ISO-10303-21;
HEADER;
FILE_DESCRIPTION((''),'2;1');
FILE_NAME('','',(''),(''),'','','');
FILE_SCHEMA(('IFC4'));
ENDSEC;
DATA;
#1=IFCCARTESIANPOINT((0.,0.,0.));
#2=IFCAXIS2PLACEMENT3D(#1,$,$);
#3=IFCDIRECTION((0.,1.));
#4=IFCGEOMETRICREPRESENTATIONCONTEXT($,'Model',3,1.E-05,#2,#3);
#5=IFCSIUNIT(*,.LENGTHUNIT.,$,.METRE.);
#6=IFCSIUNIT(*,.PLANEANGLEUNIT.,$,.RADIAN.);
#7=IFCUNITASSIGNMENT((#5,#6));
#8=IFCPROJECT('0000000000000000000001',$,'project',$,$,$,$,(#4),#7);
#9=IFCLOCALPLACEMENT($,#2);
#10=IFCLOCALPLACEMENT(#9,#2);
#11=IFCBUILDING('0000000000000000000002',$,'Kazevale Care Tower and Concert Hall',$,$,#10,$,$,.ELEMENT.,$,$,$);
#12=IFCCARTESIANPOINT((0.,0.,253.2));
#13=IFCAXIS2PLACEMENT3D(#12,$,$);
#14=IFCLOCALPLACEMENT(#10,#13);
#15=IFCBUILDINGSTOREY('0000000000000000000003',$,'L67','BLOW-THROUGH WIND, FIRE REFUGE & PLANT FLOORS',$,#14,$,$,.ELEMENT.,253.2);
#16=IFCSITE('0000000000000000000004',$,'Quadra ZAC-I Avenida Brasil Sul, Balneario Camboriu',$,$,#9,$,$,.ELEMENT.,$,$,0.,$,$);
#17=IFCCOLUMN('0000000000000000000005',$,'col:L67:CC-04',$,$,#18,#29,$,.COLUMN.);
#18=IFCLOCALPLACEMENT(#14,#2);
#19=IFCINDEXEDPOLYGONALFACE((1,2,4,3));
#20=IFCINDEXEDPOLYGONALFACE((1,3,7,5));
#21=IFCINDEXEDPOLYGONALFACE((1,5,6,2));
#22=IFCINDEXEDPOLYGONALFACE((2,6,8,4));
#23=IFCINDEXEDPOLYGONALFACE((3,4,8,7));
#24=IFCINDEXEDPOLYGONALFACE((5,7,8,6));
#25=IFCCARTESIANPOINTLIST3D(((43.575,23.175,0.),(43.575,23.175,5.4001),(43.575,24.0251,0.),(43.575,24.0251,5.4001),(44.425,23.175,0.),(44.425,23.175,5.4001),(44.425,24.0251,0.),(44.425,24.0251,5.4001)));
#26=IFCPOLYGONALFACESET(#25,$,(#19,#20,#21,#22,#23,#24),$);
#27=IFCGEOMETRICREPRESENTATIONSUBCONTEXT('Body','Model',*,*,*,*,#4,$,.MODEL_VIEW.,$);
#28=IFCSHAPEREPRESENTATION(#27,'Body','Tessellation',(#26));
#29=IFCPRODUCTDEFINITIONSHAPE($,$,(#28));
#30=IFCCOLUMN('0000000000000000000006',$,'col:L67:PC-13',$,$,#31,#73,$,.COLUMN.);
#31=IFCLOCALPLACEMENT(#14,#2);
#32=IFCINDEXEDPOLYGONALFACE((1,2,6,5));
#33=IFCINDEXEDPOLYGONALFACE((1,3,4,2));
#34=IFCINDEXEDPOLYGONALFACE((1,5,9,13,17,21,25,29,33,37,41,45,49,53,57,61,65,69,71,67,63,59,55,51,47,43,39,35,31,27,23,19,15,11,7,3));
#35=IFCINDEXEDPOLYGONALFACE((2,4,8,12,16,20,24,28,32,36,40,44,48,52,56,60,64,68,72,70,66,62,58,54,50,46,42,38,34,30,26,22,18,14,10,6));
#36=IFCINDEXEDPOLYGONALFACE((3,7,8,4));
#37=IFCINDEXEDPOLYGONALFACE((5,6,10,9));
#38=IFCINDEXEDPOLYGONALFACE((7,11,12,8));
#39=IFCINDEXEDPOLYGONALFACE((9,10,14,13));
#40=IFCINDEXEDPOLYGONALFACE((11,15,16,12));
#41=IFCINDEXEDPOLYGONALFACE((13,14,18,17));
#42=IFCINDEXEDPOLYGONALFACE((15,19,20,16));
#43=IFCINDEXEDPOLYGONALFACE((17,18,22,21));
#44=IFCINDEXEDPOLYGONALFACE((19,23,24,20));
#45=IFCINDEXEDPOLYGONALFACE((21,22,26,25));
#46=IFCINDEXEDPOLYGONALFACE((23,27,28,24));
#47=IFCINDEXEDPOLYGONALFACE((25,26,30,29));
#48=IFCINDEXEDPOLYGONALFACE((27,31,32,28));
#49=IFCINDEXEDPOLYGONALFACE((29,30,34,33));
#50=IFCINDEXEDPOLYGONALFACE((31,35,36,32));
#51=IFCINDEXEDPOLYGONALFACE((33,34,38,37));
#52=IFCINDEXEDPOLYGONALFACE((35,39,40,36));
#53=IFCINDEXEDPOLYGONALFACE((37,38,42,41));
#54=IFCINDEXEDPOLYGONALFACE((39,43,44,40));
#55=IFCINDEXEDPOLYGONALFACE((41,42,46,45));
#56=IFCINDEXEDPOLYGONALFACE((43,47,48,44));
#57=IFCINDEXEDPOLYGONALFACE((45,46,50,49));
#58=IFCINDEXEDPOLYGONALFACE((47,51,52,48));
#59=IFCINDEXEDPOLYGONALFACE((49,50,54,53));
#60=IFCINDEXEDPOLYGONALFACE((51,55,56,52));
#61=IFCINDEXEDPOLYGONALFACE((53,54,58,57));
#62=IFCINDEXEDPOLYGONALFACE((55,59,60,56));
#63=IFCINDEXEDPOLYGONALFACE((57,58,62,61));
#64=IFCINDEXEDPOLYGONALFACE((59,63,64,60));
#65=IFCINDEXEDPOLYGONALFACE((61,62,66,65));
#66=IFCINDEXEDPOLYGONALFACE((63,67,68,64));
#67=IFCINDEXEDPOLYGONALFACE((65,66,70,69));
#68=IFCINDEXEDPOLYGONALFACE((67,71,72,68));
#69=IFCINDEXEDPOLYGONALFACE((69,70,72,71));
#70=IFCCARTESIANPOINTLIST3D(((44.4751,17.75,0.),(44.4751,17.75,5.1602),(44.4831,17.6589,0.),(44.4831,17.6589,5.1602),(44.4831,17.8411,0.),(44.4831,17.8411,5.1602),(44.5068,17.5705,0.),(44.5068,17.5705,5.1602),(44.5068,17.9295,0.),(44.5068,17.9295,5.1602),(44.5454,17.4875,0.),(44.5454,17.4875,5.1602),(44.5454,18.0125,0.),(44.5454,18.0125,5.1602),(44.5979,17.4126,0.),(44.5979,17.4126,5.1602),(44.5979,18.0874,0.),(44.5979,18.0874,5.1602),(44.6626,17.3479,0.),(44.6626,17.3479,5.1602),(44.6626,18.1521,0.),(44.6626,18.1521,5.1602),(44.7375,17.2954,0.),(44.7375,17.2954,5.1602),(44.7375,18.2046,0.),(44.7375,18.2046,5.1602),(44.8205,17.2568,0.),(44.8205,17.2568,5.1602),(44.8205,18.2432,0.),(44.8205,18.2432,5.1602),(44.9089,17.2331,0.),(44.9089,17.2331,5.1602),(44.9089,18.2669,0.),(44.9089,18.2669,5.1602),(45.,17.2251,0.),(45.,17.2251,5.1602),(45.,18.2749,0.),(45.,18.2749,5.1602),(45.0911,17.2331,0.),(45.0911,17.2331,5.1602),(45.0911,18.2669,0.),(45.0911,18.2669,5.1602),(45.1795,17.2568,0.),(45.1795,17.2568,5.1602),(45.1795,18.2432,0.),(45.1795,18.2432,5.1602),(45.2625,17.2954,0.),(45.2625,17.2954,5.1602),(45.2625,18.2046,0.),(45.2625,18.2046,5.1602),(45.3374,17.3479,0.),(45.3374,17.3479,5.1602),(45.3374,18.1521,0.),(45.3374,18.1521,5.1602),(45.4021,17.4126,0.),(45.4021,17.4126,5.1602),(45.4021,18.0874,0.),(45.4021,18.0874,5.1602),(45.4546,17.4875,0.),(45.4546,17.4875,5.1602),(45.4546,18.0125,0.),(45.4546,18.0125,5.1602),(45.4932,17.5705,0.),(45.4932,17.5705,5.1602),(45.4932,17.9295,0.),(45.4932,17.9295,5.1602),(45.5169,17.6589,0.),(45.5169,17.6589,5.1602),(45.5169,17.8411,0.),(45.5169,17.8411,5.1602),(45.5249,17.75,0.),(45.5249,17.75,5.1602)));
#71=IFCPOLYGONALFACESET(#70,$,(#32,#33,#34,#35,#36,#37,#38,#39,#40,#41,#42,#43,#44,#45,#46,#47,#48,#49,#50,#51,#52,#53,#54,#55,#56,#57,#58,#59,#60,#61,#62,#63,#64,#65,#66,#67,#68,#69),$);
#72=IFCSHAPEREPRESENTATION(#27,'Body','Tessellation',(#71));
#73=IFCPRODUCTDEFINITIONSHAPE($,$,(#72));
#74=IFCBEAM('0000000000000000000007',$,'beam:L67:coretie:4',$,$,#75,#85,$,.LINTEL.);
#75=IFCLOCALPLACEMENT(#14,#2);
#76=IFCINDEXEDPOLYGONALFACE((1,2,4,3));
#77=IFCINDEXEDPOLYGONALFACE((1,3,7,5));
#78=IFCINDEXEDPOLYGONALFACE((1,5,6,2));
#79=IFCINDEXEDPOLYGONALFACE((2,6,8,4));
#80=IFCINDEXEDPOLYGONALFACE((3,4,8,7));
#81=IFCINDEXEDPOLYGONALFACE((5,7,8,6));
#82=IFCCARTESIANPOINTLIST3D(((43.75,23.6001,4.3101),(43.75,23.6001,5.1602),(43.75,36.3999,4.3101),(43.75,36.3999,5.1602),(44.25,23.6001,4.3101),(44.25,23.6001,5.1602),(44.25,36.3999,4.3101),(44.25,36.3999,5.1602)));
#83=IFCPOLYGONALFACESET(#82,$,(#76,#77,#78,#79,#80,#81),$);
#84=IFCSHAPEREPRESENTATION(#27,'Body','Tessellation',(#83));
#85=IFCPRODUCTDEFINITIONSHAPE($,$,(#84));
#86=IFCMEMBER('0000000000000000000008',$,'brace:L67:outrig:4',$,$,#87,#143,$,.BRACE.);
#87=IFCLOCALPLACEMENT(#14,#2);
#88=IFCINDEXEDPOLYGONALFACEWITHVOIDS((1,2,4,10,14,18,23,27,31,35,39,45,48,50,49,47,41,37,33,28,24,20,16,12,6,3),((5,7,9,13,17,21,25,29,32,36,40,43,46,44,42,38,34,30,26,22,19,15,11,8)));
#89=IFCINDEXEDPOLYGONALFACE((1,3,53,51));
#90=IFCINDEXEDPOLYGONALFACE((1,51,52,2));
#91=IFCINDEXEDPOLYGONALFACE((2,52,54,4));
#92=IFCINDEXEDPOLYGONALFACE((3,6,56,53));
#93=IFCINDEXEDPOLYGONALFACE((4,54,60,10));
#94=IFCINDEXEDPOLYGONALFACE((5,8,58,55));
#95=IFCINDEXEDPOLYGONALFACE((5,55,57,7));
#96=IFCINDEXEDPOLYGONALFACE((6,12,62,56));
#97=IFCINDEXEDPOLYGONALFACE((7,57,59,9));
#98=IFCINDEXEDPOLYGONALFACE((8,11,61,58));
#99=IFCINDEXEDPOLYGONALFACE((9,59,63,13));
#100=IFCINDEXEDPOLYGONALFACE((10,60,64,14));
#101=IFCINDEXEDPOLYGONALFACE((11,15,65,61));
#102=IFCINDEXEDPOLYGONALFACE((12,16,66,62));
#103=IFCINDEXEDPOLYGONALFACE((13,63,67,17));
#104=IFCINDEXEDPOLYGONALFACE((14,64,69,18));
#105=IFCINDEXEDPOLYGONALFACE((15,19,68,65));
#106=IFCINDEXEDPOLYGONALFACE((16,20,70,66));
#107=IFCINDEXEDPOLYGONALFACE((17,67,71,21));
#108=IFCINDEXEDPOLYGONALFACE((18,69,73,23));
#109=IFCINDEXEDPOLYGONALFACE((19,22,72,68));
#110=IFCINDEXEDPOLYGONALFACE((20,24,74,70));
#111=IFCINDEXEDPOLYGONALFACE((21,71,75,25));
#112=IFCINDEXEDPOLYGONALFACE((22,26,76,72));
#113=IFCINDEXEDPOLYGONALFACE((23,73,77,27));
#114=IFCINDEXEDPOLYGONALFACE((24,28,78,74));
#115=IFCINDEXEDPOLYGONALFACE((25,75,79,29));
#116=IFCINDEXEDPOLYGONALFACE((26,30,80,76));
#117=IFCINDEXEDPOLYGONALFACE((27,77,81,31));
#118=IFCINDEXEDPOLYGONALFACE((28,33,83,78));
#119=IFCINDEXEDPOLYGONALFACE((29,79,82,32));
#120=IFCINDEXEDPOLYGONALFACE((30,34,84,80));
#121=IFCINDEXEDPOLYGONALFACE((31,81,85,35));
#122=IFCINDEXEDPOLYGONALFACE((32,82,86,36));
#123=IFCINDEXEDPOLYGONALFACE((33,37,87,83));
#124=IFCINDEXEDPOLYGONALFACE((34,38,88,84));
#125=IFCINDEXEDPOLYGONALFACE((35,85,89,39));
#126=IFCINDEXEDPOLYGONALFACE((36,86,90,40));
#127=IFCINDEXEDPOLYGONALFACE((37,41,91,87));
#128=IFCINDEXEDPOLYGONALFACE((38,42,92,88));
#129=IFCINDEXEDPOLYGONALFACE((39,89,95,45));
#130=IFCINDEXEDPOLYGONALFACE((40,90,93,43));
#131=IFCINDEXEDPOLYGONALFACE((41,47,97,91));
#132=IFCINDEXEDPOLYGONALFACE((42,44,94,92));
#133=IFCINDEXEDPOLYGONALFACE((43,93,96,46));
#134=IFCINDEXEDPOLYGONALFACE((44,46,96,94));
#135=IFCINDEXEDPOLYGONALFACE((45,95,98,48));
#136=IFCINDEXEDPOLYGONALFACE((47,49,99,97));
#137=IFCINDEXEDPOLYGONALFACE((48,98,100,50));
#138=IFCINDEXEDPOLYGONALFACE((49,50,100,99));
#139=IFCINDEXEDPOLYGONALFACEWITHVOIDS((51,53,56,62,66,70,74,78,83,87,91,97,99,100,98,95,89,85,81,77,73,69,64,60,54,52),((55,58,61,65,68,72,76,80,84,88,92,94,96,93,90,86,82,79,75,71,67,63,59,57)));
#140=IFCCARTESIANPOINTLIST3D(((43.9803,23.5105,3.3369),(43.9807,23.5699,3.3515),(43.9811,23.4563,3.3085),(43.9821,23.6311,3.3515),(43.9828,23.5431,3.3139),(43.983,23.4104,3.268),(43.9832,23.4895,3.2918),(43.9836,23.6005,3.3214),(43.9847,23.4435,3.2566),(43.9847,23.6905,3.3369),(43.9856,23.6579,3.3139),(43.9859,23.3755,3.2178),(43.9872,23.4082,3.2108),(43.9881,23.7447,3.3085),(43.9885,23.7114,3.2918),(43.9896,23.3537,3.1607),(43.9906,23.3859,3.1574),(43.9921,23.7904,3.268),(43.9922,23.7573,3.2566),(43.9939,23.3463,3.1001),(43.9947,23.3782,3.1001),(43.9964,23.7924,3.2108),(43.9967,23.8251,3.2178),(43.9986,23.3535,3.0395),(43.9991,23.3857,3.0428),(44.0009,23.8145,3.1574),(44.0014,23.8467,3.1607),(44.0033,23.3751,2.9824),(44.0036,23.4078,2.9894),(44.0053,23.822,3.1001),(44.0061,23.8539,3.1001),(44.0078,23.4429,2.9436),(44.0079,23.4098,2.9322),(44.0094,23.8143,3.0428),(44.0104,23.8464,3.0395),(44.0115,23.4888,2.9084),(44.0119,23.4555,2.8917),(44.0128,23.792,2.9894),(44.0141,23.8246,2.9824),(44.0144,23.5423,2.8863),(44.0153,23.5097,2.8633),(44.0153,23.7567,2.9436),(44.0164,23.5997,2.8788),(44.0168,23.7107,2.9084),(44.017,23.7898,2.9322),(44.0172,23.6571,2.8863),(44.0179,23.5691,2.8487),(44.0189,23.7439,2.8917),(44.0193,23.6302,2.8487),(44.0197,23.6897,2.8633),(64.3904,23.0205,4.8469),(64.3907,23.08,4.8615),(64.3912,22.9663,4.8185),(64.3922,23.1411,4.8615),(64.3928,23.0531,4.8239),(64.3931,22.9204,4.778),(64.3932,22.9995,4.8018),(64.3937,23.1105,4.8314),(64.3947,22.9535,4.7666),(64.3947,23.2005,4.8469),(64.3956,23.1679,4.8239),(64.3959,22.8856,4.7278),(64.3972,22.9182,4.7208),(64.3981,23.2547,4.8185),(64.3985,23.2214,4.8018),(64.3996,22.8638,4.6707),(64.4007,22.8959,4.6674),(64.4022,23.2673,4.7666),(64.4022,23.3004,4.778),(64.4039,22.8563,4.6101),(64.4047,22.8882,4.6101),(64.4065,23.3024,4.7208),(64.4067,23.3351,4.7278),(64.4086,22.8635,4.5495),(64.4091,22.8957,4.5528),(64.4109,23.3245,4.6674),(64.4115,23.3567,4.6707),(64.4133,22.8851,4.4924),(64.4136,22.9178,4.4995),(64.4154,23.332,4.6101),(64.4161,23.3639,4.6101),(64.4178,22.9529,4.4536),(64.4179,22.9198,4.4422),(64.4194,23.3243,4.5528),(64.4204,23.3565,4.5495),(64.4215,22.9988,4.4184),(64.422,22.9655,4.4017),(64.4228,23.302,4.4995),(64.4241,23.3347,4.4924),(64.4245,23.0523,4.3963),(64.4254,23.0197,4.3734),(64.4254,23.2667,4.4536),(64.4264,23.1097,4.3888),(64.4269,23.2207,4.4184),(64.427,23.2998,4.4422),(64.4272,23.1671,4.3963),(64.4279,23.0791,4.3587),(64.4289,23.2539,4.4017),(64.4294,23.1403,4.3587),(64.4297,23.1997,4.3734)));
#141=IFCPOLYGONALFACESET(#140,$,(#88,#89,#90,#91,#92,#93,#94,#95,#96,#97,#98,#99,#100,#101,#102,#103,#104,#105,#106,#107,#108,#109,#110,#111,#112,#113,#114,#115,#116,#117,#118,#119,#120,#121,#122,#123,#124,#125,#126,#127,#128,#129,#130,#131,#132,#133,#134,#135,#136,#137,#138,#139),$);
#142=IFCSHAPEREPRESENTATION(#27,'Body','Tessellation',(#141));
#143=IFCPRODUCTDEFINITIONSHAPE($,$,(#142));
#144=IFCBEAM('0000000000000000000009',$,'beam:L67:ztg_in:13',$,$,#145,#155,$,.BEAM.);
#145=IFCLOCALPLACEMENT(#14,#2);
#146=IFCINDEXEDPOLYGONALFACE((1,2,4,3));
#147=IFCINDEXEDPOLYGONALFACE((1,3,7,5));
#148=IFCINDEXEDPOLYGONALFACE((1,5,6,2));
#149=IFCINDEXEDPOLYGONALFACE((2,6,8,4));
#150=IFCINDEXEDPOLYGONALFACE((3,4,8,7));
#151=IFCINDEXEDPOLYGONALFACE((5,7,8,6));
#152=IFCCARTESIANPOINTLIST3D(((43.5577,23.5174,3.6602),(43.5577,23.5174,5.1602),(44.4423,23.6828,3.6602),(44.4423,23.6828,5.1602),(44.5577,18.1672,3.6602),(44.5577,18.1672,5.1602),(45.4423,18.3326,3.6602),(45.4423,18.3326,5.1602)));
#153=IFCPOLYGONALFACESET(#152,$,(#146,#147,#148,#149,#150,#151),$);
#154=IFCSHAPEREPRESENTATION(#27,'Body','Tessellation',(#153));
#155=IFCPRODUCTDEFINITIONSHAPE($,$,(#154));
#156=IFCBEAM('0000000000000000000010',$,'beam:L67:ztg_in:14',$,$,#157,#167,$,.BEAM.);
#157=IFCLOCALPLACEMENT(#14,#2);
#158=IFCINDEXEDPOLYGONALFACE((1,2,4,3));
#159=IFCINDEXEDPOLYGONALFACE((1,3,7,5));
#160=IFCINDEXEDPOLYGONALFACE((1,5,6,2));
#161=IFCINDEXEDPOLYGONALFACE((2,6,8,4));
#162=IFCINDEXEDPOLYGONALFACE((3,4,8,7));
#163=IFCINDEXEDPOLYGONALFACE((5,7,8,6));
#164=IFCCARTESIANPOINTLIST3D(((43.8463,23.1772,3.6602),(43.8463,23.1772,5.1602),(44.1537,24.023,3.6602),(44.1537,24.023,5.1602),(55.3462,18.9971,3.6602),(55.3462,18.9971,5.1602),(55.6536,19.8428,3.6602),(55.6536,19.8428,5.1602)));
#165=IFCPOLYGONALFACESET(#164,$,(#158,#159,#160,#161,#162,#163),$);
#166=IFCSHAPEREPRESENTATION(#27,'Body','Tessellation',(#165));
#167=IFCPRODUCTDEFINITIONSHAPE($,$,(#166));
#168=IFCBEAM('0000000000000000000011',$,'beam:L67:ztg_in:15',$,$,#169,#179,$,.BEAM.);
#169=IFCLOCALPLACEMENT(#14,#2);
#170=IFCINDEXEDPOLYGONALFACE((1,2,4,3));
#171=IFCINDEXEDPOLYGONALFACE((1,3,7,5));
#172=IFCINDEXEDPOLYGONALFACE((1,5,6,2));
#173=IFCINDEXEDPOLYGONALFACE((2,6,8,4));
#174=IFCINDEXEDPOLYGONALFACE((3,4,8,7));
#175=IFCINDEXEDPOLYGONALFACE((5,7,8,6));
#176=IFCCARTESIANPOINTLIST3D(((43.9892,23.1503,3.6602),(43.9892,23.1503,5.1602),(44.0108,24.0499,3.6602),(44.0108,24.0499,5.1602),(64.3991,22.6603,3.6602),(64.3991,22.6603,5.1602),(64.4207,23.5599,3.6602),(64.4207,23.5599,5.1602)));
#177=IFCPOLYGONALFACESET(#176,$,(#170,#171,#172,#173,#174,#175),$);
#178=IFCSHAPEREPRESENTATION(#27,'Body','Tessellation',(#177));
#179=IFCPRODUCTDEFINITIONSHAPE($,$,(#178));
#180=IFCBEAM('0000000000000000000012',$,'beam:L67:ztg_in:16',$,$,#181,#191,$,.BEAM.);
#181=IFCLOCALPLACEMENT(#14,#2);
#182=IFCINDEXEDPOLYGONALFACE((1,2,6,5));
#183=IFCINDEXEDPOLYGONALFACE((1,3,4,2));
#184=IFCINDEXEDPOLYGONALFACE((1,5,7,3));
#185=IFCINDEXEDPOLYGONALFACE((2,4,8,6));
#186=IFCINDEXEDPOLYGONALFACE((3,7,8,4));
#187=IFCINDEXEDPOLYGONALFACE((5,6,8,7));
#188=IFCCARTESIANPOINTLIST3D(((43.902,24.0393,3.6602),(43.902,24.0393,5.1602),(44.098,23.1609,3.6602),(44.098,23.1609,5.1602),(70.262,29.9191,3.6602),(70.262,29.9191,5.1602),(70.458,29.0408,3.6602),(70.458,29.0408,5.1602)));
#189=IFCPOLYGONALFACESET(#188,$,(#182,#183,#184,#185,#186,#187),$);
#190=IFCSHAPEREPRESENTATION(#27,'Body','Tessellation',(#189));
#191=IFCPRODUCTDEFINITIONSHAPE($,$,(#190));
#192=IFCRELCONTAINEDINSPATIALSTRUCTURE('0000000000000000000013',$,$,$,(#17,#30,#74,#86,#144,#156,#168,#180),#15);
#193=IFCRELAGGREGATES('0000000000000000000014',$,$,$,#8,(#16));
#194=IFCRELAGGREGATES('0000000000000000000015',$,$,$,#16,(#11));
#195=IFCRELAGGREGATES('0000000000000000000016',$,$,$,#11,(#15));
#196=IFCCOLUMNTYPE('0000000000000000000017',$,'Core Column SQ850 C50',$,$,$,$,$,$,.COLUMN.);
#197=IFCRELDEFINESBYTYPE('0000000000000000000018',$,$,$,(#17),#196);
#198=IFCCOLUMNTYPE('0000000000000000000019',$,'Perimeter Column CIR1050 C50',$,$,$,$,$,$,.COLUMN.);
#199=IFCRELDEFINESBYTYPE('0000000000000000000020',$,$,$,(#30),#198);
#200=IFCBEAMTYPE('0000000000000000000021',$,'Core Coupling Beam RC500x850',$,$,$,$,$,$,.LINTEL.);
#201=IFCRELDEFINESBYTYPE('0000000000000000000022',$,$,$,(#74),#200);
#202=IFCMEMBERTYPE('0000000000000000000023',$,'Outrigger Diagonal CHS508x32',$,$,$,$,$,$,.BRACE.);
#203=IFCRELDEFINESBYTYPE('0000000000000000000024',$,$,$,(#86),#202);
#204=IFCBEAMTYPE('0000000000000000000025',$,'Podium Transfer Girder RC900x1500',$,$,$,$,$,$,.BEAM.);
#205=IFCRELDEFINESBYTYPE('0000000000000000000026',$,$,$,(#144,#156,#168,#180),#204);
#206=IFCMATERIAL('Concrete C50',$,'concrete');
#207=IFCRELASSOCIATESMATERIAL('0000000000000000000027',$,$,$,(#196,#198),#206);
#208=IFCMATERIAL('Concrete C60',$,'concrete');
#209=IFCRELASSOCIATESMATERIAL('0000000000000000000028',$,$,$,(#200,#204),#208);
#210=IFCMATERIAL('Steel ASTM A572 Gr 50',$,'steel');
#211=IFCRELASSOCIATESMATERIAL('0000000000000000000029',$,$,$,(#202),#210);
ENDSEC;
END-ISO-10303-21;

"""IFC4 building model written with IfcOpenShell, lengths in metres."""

from ifc_helpers import new_model, si_unit, direction, frame, origin, origin_2d, place, context, subcontext, project, spatial, rectangle, circle, hollow_circle, extrude, material, material_profile, profile_set, type_object, element, save


model = new_model("IFC4")

# Units and contexts
model_context = context("Model", 3, precision=1e-05, world=origin(), true_north=direction((0.0, 1.0)))
body_context = subcontext(model_context, "Body", "Model", "MODEL_VIEW")
ifc_project = project(units=[si_unit("LENGTHUNIT", "METRE"), si_unit("PLANEANGLEUNIT", "RADIAN")], contexts=[model_context])

# Site, building, storey
site_placement = place(None, origin())
site = spatial("IfcSite", under=ifc_project, at=site_placement, Name="Quadra ZAC-I Avenida Brasil Sul, Balneario Camboriu", CompositionType="ELEMENT", RefElevation=0.0)
building_placement = place(site_placement, origin())
building = spatial("IfcBuilding", under=site, at=building_placement, Name="Kazevale Care Tower and Concert Hall", CompositionType="ELEMENT")
storey_placement = place(building_placement, frame((0.0, 0.0, 253.2)))
storey = spatial("IfcBuildingStorey", under=building, at=storey_placement, Name="L67", Description="BLOW-THROUGH WIND, FIRE REFUGE & PLANT FLOORS", CompositionType="ELEMENT", Elevation=253.2)

# Columns
ifc_material_1 = material(Name="Concrete C50", Category="concrete")
ifc_material_profile_1 = material_profile(ifc_material_1, rectangle(XDim=0.8501, YDim=0.8501, at=origin_2d()), Name="RC-SQ850")
ifc_profile_set_1 = profile_set([ifc_material_profile_1], Name="Concrete C50")
column_type_1 = type_object("IfcColumnType", Name="Core Column SQ850 C50", PredefinedType="COLUMN", material=ifc_profile_set_1)
column_1_placement = place(storey_placement, frame((44.0, 23.6001, 0.0), z_axis=(0.0, 0.0, 1.0), x_axis=(1.0, 0.0, 0.0)))
element("IfcColumn", 1, at=column_1_placement, inside=storey, type_object=column_type_1, Name="col:L67:CC-04", PredefinedType="COLUMN", context=body_context, shape_type="SweptSolid", body=[
    extrude(rectangle(XDim=0.8501, YDim=0.8501, at=origin_2d()), origin(), (0.0, 0.0, 1.0), 5.4001),
])
ifc_material_profile_2 = material_profile(ifc_material_1, circle(Radius=0.5249, at=origin_2d()), Name="RC-CIR1050")
ifc_profile_set_2 = profile_set([ifc_material_profile_2], Name="Concrete C50")
column_type_2 = type_object("IfcColumnType", Name="Perimeter Column CIR1050 C50", PredefinedType="COLUMN", material=ifc_profile_set_2)
column_2_placement = place(storey_placement, frame((45.0, 17.75, 0.0), z_axis=(0.0, 0.0, 1.0), x_axis=(1.0, 0.0, 0.0)))
element("IfcColumn", 2, at=column_2_placement, inside=storey, type_object=column_type_2, Name="col:L67:PC-13", PredefinedType="COLUMN", context=body_context, shape_type="SweptSolid", body=[
    extrude(circle(Radius=0.5249, at=origin_2d()), origin(), (0.0, 0.0, 1.0), 5.1602),
])

# Beam
ifc_material_2 = material(Name="Concrete C60", Category="concrete")
ifc_material_profile_3 = material_profile(ifc_material_2, rectangle(XDim=0.5, YDim=0.8501, at=origin_2d()), Name="RC-B500x850")
ifc_profile_set_3 = profile_set([ifc_material_profile_3], Name="Concrete C60")
beam_type_1 = type_object("IfcBeamType", Name="Core Coupling Beam RC500x850", PredefinedType="LINTEL", material=ifc_profile_set_3)
beam_1_placement = place(storey_placement, frame((44.0, 23.6001, 4.7351), z_axis=(0.0, 1.0, 0.0), x_axis=(-1.0, 0.0, 0.0)))
element("IfcBeam", 3, at=beam_1_placement, inside=storey, type_object=beam_type_1, Name="beam:L67:coretie:4", PredefinedType="LINTEL", context=body_context, shape_type="SweptSolid", body=[
    extrude(rectangle(XDim=0.5, YDim=0.8501, at=origin_2d()), origin(), (0.0, 0.0, 1.0), 12.7998),
])

# Member
ifc_material_3 = material(Name="Steel ASTM A572 Gr 50", Category="steel")
ifc_material_profile_4 = material_profile(ifc_material_3, hollow_circle(Radius=0.2539, WallThickness=0.032, at=origin_2d()), Name="CHS508x32")
ifc_profile_set_4 = profile_set([ifc_material_profile_4], Name="Steel ASTM A572 Gr 50")
member_type_1 = type_object("IfcMemberType", Name="Outrigger Diagonal CHS508x32", PredefinedType="BRACE", material=ifc_profile_set_4)
member_1_placement = place(storey_placement, frame((44.0, 23.6001, 3.1001), z_axis=(0.996989, -0.023935, 0.073761), x_axis=(0.024001, 0.999712, 0.0)))
element("IfcMember", 4, at=member_1_placement, inside=storey, type_object=member_type_1, Name="brace:L67:outrig:4", PredefinedType="BRACE", context=body_context, shape_type="SweptSolid", body=[
    extrude(hollow_circle(Radius=0.2539, WallThickness=0.032, at=origin_2d()), origin(), (0.0, 0.0, 1.0), 20.4717),
])

# Beams
ifc_material_profile_5 = material_profile(ifc_material_2, rectangle(XDim=0.8999, YDim=1.5, at=origin_2d()), Name="RC-TG900x1500")
ifc_profile_set_5 = profile_set([ifc_material_profile_5], Name="Concrete C60")
beam_type_2 = type_object("IfcBeamType", Name="Podium Transfer Girder RC900x1500", PredefinedType="BEAM", material=ifc_profile_set_5)
beam_2_placement = place(storey_placement, frame((44.0, 23.6001, 4.4102), z_axis=(0.183731, -0.982977, 0.0), x_axis=(0.982977, 0.183731, 0.0)))
element("IfcBeam", 5, at=beam_2_placement, inside=storey, type_object=beam_type_2, Name="beam:L67:ztg_in:13", PredefinedType="BEAM", context=body_context, shape_type="SweptSolid", body=[
    extrude(rectangle(XDim=0.8999, YDim=1.5, at=origin_2d()), origin(), (0.0, 0.0, 1.0), 5.4429),
])
beam_3_placement = place(storey_placement, frame((44.0, 23.6001, 4.4102), z_axis=(0.939837, -0.341625, 0.0), x_axis=(0.341625, 0.939837, 0.0)))
element("IfcBeam", 6, at=beam_3_placement, inside=storey, type_object=beam_type_2, Name="beam:L67:ztg_in:14", PredefinedType="BEAM", context=body_context, shape_type="SweptSolid", body=[
    extrude(rectangle(XDim=0.8999, YDim=1.5, at=origin_2d()), origin(), (0.0, 0.0, 1.0), 12.2361),
])
beam_4_placement = place(storey_placement, frame((44.0, 23.6001, 4.4102), z_axis=(0.999712, -0.024001, 0.0), x_axis=(0.024001, 0.999712, 0.0)))
element("IfcBeam", 7, at=beam_4_placement, inside=storey, type_object=beam_type_2, Name="beam:L67:ztg_in:15", PredefinedType="BEAM", context=body_context, shape_type="SweptSolid", body=[
    extrude(rectangle(XDim=0.8999, YDim=1.5, at=origin_2d()), origin(), (0.0, 0.0, 1.0), 20.4158),
])
beam_5_placement = place(storey_placement, frame((44.0, 23.6001, 4.4102), z_axis=(0.976014, 0.217709, 0.0), x_axis=(-0.217709, 0.976014, 0.0)))
element("IfcBeam", 8, at=beam_5_placement, inside=storey, type_object=beam_type_2, Name="beam:L67:ztg_in:16", PredefinedType="BEAM", context=body_context, shape_type="SweptSolid", body=[
    extrude(rectangle(XDim=0.8999, YDim=1.5, at=origin_2d()), origin(), (0.0, 0.0, 1.0), 27.0078),
])

save(model, "model.ifc")
